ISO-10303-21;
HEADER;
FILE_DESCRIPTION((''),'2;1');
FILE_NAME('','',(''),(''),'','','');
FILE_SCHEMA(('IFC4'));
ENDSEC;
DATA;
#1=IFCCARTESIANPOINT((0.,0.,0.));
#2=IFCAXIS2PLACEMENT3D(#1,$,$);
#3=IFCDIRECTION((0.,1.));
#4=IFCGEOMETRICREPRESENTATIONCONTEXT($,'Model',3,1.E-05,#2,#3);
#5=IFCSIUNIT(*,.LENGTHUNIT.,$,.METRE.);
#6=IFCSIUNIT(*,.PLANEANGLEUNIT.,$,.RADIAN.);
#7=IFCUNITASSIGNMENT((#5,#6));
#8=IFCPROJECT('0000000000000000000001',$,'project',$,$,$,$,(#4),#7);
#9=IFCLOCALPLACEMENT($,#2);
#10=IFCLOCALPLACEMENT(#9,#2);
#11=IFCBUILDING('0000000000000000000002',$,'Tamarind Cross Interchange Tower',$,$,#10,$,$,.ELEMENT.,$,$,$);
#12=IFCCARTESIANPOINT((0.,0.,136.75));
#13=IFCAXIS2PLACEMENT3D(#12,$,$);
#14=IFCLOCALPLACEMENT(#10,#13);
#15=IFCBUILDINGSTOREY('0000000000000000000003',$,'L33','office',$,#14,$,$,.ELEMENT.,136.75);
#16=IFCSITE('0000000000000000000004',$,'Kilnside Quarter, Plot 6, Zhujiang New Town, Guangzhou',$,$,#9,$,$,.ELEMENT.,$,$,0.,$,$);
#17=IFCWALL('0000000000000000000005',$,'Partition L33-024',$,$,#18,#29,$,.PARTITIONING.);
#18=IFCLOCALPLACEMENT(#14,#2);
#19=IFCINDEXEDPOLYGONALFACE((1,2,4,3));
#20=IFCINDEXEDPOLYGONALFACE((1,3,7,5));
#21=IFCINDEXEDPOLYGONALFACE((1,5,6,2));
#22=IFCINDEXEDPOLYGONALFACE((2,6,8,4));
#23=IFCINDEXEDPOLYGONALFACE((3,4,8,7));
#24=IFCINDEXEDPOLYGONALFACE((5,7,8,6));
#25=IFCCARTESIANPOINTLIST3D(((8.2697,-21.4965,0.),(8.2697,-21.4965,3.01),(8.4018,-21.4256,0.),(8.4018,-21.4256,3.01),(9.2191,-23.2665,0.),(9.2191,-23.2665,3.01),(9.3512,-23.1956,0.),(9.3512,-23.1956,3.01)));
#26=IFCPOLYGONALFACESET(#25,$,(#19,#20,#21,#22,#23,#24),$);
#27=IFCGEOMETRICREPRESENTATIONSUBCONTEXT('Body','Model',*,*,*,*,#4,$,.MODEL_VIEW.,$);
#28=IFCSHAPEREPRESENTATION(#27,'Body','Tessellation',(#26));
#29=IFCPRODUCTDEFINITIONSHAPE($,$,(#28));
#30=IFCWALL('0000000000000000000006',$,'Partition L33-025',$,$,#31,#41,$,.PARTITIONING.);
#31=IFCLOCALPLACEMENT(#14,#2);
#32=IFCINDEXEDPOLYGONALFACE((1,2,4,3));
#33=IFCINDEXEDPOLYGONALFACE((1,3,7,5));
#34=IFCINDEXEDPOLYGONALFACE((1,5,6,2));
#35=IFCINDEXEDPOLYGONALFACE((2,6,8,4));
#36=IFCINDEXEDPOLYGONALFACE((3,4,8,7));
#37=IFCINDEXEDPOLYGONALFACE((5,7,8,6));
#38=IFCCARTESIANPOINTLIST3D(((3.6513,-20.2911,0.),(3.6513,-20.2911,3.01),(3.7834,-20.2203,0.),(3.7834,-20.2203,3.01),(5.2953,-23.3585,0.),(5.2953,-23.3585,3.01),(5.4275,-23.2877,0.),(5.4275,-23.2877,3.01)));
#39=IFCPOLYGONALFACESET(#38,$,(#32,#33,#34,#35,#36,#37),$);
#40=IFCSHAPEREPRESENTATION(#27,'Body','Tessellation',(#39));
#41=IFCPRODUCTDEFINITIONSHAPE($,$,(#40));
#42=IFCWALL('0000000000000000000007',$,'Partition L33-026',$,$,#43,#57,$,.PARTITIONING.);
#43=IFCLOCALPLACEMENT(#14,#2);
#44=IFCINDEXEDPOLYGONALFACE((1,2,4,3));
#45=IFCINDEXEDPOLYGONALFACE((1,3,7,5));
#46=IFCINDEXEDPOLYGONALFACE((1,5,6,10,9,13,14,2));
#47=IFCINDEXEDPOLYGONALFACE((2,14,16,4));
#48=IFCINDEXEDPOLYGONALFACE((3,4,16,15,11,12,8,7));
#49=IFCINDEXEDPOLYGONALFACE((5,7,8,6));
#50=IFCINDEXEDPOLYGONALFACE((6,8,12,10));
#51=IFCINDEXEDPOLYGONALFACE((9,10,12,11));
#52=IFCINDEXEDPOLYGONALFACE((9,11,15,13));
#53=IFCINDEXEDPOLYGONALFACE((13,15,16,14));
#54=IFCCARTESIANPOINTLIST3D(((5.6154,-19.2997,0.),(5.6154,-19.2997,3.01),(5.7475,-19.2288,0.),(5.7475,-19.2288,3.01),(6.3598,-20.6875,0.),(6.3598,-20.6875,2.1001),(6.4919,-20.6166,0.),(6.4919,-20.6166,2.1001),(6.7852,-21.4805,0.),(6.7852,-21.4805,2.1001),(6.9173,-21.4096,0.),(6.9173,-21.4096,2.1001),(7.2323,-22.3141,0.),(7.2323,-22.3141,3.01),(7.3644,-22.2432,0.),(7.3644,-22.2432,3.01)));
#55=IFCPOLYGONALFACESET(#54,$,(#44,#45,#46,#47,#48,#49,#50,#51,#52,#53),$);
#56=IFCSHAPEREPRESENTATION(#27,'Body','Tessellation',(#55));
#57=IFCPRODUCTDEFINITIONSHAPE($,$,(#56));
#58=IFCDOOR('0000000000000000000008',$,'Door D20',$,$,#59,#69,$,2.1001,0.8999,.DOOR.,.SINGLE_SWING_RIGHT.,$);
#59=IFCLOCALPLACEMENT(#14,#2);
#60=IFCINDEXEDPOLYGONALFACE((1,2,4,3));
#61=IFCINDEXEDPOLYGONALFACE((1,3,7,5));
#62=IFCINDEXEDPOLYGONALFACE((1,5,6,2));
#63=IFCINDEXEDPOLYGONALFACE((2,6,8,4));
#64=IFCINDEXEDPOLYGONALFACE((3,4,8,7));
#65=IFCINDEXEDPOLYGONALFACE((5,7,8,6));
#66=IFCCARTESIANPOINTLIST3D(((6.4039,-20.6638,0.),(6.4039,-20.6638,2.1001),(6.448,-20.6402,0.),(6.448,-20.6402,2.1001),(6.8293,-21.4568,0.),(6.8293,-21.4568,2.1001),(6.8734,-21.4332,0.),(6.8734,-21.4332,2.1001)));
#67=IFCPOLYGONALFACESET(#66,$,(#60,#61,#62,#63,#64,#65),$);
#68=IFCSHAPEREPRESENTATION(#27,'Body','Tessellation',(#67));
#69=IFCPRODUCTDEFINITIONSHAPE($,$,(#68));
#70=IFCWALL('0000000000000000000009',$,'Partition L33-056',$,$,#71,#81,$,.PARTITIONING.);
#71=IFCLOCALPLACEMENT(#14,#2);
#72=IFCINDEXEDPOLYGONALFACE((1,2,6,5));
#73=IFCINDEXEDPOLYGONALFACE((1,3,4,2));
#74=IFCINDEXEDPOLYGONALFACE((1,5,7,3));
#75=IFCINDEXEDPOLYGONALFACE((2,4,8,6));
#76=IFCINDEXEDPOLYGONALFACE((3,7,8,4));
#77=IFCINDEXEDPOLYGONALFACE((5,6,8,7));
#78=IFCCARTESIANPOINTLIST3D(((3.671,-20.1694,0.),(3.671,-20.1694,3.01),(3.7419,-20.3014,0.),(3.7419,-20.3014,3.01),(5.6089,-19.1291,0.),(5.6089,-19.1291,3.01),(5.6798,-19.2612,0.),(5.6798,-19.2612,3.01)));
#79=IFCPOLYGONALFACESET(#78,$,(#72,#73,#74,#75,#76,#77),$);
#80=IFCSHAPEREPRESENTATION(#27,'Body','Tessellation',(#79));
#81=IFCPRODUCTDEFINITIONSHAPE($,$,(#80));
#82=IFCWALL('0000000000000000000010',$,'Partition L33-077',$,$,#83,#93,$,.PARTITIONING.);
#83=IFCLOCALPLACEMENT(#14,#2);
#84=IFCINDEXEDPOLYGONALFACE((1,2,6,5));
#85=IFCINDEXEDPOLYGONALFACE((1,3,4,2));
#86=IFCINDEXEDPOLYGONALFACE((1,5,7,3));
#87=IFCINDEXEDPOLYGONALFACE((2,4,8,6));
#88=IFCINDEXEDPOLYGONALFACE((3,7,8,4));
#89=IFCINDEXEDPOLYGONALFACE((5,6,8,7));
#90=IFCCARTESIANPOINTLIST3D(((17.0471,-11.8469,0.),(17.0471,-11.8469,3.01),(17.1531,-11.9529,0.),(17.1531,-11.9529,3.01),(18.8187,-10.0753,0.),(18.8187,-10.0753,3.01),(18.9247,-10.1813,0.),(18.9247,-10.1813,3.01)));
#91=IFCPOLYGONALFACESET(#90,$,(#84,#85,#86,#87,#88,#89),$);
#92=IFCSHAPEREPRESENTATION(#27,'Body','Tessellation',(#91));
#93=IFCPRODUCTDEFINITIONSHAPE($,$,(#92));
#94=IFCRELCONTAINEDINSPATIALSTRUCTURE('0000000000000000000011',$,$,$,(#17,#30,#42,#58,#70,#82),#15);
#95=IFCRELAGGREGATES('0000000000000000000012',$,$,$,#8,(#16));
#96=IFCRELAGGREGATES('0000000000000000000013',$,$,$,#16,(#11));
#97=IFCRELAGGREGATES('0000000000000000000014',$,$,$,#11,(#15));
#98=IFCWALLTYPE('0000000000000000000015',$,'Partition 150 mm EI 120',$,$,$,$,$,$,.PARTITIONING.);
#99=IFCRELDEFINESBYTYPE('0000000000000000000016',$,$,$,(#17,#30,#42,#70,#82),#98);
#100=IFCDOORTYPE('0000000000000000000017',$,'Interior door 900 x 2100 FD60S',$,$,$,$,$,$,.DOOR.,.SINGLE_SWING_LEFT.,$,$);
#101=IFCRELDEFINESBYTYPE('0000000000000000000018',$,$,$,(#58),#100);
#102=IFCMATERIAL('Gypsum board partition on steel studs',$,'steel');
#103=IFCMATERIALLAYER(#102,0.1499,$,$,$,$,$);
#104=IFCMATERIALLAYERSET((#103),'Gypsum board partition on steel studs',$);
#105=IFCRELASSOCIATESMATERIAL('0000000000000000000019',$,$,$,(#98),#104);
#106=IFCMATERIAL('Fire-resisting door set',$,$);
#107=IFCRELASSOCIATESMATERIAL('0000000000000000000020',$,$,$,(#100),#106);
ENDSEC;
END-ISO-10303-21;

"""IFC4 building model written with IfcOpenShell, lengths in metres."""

from ifc_helpers import new_model, si_unit, direction, frame, frame_2d, origin, place, context, subcontext, project, spatial, rectangle, extrude, material, layer, layer_set, type_object, element, fill, save


model = new_model("IFC4")

# Units and contexts
model_context = context("Model", 3, precision=1e-05, world=origin(), true_north=direction((0.0, 1.0)))
body_context = subcontext(model_context, "Body", "Model", "MODEL_VIEW")
ifc_project = project(units=[si_unit("LENGTHUNIT", "METRE"), si_unit("PLANEANGLEUNIT", "RADIAN")], contexts=[model_context])

# Site, building, storey
site_placement = place(None, origin())
site = spatial("IfcSite", under=ifc_project, at=site_placement, Name="Kilnside Quarter, Plot 6, Zhujiang New Town, Guangzhou", CompositionType="ELEMENT", RefElevation=0.0)
building_placement = place(site_placement, origin())
building = spatial("IfcBuilding", under=site, at=building_placement, Name="Tamarind Cross Interchange Tower", CompositionType="ELEMENT")
storey_placement = place(building_placement, frame((0.0, 0.0, 136.75)))
storey = spatial("IfcBuildingStorey", under=building, at=storey_placement, Name="L33", Description="office", CompositionType="ELEMENT", Elevation=136.75)

# Walls
ifc_material_1 = material(Name="Gypsum board partition on steel studs", Category="steel")
ifc_layer_1 = layer(ifc_material_1, 0.1499)
ifc_layer_set_1 = layer_set([ifc_layer_1], Name="Gypsum board partition on steel studs")
wall_type = type_object("IfcWallType", Name="Partition 150 mm EI 120", PredefinedType="PARTITIONING", material=ifc_layer_set_1)
wall_1_placement = place(storey_placement, frame((8.3357, -21.4609, 0.0), z_axis=(0.0, 0.0, 1.0), x_axis=(0.4727, -0.881223, 0.0)))
element("IfcWall", 1, at=wall_1_placement, inside=storey, type_object=wall_type, Name="Partition L33-024", PredefinedType="PARTITIONING", context=body_context, shape_type="SweptSolid", body=[
    extrude(rectangle(XDim=2.0085, YDim=0.1499, at=frame_2d((1.0044, 0.0))), origin(), (0.0, 0.0, 1.0), 3.01),
])
wall_2_placement = place(storey_placement, frame((3.7173, -20.2556, 0.0), z_axis=(0.0, 0.0, 1.0), x_axis=(0.472401, -0.881384, 0.0)))
element("IfcWall", 2, at=wall_2_placement, inside=storey, type_object=wall_type, Name="Partition L33-025", PredefinedType="PARTITIONING", context=body_context, shape_type="SweptSolid", body=[
    extrude(rectangle(XDim=3.4802, YDim=0.1499, at=frame_2d((1.7402, 0.0))), origin(), (0.0, 0.0, 1.0), 3.01),
])

# Wall, opening, door
wall_3_placement = place(storey_placement, frame((5.6814, -19.2642, 0.0), z_axis=(0.0, 0.0, 1.0), x_axis=(0.472695, -0.881226, 0.0)))
wall_3 = element("IfcWall", 3, at=wall_3_placement, inside=storey, type_object=wall_type, Name="Partition L33-026", PredefinedType="PARTITIONING", context=body_context, shape_type="SweptSolid", body=[
    extrude(rectangle(XDim=3.4207, YDim=0.1499, at=frame_2d((1.7104, 0.0))), origin(), (0.0, 0.0, 1.0), 3.01),
])
opening_placement = place(wall_3_placement, frame((1.575, 0.0, 0.0)))
opening = element("IfcOpeningElement", 4, at=opening_placement, cuts=wall_3, PredefinedType="OPENING", context=body_context, shape_type="SweptSolid", body=[
    extrude(rectangle(XDim=0.8999, YDim=2.1001, at=frame_2d((0.45, 1.05))), frame((0.0, 0.085, 0.0), z_axis=(0.0, -1.0, 0.0), x_axis=(1.0, 0.0, 0.0)), (0.0, 0.0, 1.0), 0.1699),
])
ifc_material_2 = material(Name="Fire-resisting door set")
door_type = type_object("IfcDoorType", Name="Interior door 900 x 2100 FD60S", OperationType="SINGLE_SWING_LEFT", PredefinedType="DOOR", material=ifc_material_2)
door_placement = place(opening_placement, frame((0.8999, 0.0, 0.0), z_axis=(0.0, 0.0, 1.0), x_axis=(-1.0, 0.0, 0.0)))
door = element("IfcDoor", 5, at=door_placement, inside=storey, type_object=door_type, Name="Door D20", OperationType="SINGLE_SWING_RIGHT", OverallHeight=2.1001, OverallWidth=0.8999, PredefinedType="DOOR", context=body_context, shape_type="SweptSolid", body=[
    extrude(rectangle(XDim=0.8999, YDim=2.1001, at=frame_2d((0.45, 1.05))), frame((0.0, 0.0249, 0.0), z_axis=(0.0, -1.0, 0.0), x_axis=(1.0, 0.0, 0.0)), (0.0, 0.0, 1.0), 0.05),
])
fill(opening, door)

# Walls
wall_4_placement = place(storey_placement, frame((3.7065, -20.2354, 0.0), z_axis=(0.0, 0.0, 1.0), x_axis=(0.881087, 0.472954, 0.0)))
element("IfcWall", 6, at=wall_4_placement, inside=storey, type_object=wall_type, Name="Partition L33-056", PredefinedType="PARTITIONING", context=body_context, shape_type="SweptSolid", body=[
    extrude(rectangle(XDim=2.1995, YDim=0.1499, at=frame_2d((1.0996, 0.0))), origin(), (0.0, 0.0, 1.0), 3.01),
])
wall_5_placement = place(storey_placement, frame((17.1001, -11.8999, 0.0), z_axis=(0.0, 0.0, 1.0), x_axis=(0.707107, 0.707107, 0.0)))
element("IfcWall", 7, at=wall_5_placement, inside=storey, type_object=wall_type, Name="Partition L33-077", PredefinedType="PARTITIONING", context=body_context, shape_type="SweptSolid", body=[
    extrude(rectangle(XDim=2.5054, YDim=0.1499, at=frame_2d((1.2527, 0.0))), origin(), (0.0, 0.0, 1.0), 3.01),
])

save(model, "model.ifc")
